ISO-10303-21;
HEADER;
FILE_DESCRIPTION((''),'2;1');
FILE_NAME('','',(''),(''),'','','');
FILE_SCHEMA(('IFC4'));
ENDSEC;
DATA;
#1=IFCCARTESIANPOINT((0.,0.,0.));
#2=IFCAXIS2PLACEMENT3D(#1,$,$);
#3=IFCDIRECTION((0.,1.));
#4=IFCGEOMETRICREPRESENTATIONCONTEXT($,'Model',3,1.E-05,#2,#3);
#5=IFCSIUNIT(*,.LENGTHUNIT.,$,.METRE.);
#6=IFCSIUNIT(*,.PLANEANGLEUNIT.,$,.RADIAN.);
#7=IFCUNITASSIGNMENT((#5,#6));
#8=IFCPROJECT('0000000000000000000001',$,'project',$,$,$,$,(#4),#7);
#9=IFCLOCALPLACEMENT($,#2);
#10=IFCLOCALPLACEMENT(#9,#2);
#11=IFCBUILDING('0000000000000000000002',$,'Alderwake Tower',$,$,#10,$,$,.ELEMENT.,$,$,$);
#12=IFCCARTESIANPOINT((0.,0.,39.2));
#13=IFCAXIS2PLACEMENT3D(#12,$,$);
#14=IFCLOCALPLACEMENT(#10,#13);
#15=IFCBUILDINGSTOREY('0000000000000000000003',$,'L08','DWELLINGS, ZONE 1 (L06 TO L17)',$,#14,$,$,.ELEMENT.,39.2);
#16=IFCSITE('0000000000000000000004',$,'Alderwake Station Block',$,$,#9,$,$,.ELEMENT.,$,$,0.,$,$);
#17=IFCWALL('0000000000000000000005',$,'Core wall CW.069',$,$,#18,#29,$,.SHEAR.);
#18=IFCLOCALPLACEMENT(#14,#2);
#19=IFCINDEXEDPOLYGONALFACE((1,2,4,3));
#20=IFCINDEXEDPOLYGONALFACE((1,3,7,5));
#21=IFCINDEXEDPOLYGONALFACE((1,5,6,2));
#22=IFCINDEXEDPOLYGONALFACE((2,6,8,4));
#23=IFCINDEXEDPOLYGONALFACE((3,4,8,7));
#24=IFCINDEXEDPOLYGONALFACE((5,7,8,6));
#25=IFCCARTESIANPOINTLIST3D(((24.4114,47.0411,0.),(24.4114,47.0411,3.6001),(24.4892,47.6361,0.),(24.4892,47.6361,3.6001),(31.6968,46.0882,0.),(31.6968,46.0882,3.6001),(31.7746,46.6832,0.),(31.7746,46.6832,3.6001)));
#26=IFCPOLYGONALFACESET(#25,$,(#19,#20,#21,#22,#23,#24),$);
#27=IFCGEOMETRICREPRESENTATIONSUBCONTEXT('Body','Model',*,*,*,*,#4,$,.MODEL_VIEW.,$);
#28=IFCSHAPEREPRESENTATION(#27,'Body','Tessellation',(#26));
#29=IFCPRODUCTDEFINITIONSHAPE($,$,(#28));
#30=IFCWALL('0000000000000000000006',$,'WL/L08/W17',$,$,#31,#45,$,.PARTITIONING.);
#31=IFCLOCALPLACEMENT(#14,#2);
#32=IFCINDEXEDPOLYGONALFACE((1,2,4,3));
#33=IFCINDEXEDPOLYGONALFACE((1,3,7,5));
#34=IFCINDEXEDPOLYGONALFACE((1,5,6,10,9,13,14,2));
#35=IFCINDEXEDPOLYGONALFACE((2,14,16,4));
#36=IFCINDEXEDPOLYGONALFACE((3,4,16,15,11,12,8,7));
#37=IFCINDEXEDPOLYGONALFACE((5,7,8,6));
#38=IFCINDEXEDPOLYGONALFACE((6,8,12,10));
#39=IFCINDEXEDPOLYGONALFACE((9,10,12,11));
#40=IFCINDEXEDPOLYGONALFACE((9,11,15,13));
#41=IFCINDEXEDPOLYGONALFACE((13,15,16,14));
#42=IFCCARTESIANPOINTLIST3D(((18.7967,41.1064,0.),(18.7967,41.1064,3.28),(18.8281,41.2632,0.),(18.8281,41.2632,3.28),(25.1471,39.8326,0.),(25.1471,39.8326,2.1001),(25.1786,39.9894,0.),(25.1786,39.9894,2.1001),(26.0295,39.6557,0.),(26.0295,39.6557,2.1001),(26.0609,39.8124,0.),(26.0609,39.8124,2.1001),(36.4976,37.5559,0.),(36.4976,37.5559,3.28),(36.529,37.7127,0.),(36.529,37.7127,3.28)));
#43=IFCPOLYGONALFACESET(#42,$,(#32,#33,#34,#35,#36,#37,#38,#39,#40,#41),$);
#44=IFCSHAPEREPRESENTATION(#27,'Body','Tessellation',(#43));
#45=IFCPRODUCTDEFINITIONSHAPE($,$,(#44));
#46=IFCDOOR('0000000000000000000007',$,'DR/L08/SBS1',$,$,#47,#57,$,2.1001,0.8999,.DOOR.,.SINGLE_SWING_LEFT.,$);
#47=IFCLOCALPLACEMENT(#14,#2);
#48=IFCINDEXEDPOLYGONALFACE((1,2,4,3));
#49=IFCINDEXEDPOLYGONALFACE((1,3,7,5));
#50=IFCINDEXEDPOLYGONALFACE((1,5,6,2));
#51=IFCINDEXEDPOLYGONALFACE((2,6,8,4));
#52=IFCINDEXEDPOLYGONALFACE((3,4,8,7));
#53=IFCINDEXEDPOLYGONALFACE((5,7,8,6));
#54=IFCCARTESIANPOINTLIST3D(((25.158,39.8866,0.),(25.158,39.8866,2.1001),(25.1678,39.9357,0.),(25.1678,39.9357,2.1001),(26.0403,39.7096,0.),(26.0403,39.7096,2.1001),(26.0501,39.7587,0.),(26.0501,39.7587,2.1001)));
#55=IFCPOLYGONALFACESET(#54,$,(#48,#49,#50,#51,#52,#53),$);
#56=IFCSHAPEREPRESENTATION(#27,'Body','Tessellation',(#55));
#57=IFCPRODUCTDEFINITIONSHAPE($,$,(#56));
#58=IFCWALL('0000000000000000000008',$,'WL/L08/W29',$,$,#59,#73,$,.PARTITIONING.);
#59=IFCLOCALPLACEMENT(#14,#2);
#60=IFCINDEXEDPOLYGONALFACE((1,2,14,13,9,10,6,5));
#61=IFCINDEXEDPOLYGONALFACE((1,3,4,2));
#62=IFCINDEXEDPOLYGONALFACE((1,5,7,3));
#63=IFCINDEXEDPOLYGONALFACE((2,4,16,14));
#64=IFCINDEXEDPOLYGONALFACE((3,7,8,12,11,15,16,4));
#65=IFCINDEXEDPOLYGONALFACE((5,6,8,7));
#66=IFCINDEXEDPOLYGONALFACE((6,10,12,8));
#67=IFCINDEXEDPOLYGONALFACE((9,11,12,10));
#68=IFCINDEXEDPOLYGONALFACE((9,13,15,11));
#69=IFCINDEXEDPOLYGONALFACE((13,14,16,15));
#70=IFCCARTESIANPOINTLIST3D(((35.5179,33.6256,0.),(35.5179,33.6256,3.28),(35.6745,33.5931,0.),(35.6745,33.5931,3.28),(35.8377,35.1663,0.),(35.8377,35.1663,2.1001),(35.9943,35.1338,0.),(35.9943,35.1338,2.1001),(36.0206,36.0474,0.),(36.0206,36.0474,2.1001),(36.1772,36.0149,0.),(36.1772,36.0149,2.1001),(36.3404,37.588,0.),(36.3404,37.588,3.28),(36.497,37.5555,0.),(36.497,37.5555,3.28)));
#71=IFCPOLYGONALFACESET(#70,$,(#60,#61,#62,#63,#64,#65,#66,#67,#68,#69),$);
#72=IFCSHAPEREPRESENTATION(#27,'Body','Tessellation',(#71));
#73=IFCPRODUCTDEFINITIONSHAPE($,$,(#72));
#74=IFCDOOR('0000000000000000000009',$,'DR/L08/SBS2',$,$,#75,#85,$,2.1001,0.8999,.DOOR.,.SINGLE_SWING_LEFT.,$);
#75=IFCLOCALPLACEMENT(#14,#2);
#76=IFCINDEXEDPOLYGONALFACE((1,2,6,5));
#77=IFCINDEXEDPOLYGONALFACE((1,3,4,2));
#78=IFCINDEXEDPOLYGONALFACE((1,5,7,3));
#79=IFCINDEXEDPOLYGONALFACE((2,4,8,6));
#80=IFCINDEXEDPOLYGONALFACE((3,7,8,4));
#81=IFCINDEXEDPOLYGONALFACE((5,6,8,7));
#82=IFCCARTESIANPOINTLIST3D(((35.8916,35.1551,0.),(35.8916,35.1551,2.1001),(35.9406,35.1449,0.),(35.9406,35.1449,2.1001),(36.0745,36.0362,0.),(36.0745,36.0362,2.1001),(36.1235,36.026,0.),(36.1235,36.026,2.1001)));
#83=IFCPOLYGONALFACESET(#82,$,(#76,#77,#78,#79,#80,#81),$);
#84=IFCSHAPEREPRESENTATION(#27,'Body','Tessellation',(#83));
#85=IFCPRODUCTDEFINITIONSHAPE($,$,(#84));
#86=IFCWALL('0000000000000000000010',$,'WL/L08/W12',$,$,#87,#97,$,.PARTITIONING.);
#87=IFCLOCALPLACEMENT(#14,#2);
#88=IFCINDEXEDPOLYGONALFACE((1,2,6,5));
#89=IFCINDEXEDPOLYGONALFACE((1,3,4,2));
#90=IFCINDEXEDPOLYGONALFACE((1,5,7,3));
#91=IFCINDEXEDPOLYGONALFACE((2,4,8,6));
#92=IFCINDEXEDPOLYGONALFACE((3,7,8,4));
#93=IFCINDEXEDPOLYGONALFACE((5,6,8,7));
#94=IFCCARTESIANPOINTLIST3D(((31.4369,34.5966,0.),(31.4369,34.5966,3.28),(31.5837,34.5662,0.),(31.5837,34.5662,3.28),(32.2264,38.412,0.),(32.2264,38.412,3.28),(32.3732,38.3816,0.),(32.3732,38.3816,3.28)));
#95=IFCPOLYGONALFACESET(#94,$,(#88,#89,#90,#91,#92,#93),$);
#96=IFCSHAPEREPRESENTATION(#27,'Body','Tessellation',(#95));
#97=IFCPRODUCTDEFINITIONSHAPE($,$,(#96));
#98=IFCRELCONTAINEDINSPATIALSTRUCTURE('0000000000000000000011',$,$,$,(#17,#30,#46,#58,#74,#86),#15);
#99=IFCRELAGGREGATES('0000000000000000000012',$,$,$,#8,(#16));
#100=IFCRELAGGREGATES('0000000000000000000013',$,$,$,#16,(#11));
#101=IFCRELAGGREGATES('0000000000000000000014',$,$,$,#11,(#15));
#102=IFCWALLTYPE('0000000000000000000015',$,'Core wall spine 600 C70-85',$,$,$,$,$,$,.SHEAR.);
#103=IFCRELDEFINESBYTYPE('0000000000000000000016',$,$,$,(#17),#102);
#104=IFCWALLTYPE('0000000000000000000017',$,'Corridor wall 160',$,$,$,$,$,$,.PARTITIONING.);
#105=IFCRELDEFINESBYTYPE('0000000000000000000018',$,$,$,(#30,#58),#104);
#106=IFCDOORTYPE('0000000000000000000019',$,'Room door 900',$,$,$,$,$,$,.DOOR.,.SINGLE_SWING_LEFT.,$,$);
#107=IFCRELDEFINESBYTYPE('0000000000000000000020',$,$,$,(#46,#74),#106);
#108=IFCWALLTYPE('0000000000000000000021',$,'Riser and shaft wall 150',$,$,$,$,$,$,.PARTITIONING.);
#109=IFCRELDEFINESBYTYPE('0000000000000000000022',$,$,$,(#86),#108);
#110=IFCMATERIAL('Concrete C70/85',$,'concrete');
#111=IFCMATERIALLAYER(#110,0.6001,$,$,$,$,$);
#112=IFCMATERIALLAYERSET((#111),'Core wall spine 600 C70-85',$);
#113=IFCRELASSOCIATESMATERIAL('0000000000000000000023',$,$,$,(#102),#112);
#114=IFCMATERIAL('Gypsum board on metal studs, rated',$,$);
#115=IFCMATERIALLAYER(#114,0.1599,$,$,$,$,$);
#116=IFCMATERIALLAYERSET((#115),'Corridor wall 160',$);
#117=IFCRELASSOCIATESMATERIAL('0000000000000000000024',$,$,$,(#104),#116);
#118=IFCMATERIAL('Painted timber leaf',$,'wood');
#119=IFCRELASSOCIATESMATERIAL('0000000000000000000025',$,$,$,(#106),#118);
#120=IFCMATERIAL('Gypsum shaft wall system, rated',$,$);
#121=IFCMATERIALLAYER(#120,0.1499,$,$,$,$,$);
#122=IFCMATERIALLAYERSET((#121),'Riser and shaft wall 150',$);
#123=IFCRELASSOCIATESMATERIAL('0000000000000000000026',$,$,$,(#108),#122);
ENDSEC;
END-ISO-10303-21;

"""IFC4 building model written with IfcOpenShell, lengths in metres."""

from ifc_helpers import new_model, si_unit, direction, frame, frame_2d, origin, place, context, subcontext, project, spatial, rectangle, extrude, material, layer, layer_set, type_object, element, fill, save


model = new_model("IFC4")

# Units and contexts
model_context = context("Model", 3, precision=1e-05, world=origin(), true_north=direction((0.0, 1.0)))
body_context = subcontext(model_context, "Body", "Model", "MODEL_VIEW")
ifc_project = project(units=[si_unit("LENGTHUNIT", "METRE"), si_unit("PLANEANGLEUNIT", "RADIAN")], contexts=[model_context])

# Site, building, storey
site_placement = place(None, origin())
site = spatial("IfcSite", under=ifc_project, at=site_placement, Name="Alderwake Station Block", CompositionType="ELEMENT", RefElevation=0.0)
building_placement = place(site_placement, origin())
building = spatial("IfcBuilding", under=site, at=building_placement, Name="Alderwake Tower", CompositionType="ELEMENT")
storey_placement = place(building_placement, frame((0.0, 0.0, 39.2)))
storey = spatial("IfcBuildingStorey", under=building, at=storey_placement, Name="L08", Description="DWELLINGS, ZONE 1 (L06 TO L17)", CompositionType="ELEMENT", Elevation=39.2)

# Shared definitions
ifc_material_1 = material(Name="Concrete C70/85", Category="concrete")
ifc_layer_1 = layer(ifc_material_1, 0.6001)
ifc_layer_set_1 = layer_set([ifc_layer_1], Name="Core wall spine 600 C70-85")
wall_type_1 = type_object("IfcWallType", Name="Core wall spine 600 C70-85", PredefinedType="SHEAR", material=ifc_layer_set_1)

# Wall
wall_1_placement = place(storey_placement, frame((24.4502, 47.3386, 0.0), z_axis=(0.0, 0.0, 1.0), x_axis=(0.991555, -0.129689, 0.0)))
element("IfcWall", 1, at=wall_1_placement, inside=storey, type_object=wall_type_1, Name="Core wall CW.069", PredefinedType="SHEAR", context=body_context, shape_type="SweptSolid", body=[
    extrude(rectangle(XDim=7.3474, YDim=0.6001, at=frame_2d((3.6738, 0.0))), origin(), (0.0, 0.0, 1.0), 3.6001),
])

# Walls, openings, doors
ifc_material_2 = material(Name="Gypsum board on metal studs, rated")
ifc_layer_2 = layer(ifc_material_2, 0.1599)
ifc_layer_set_2 = layer_set([ifc_layer_2], Name="Corridor wall 160")
wall_type_2 = type_object("IfcWallType", Name="Corridor wall 160", PredefinedType="PARTITIONING", material=ifc_layer_set_2)
wall_2_placement = place(storey_placement, frame((36.5134, 37.6343, 0.0), z_axis=(0.0, 0.0, 1.0), x_axis=(-0.98047, 0.196667, 0.0)))
wall_2 = element("IfcWall", 2, at=wall_2_placement, inside=storey, type_object=wall_type_2, Name="WL/L08/W17", PredefinedType="PARTITIONING", context=body_context, shape_type="SweptSolid", body=[
    extrude(rectangle(XDim=18.0535, YDim=0.1599, at=frame_2d((9.0269, 0.0))), origin(), (0.0, 0.0, 1.0), 3.28),
])
opening_1_placement = place(wall_2_placement, frame((10.6768, 0.0, 0.0)))
opening_1 = element("IfcOpeningElement", 3, at=opening_1_placement, cuts=wall_2, PredefinedType="OPENING", context=body_context, shape_type="SweptSolid", body=[
    extrude(rectangle(XDim=0.8999, YDim=2.1001, at=frame_2d((0.45, 1.05))), frame((0.0, 0.0898, 0.0), z_axis=(0.0, -1.0, 0.0), x_axis=(1.0, 0.0, 0.0)), (0.0, 0.0, 1.0), 0.1799),
])
ifc_material_3 = material(Name="Painted timber leaf", Category="wood")
door_type_1 = type_object("IfcDoorType", Name="Room door 900", OperationType="SINGLE_SWING_LEFT", PredefinedType="DOOR", material=ifc_material_3)
door_1_placement = place(opening_1_placement, origin())
door_1 = element("IfcDoor", 4, at=door_1_placement, inside=storey, type_object=door_type_1, Name="DR/L08/SBS1", OperationType="SINGLE_SWING_LEFT", OverallHeight=2.1001, OverallWidth=0.8999, PredefinedType="DOOR", context=body_context, shape_type="SweptSolid", body=[
    extrude(rectangle(XDim=0.8999, YDim=2.1001, at=frame_2d((0.45, 1.05))), frame((0.0, 0.0249, 0.0), z_axis=(0.0, -1.0, 0.0), x_axis=(1.0, 0.0, 0.0)), (0.0, 0.0, 1.0), 0.05),
])
fill(opening_1, door_1)
wall_3_placement = place(storey_placement, frame((35.5962, 33.6094, 0.0), z_axis=(0.0, 0.0, 1.0), x_axis=(0.203246, 0.979128, 0.0)))
wall_3 = element("IfcWall", 5, at=wall_3_placement, inside=storey, type_object=wall_type_2, Name="WL/L08/W29", PredefinedType="PARTITIONING", context=body_context, shape_type="SweptSolid", body=[
    extrude(rectangle(XDim=4.0469, YDim=0.1599, at=frame_2d((2.0234, 0.0))), origin(), (0.0, 0.0, 1.0), 3.28),
])
opening_2_placement = place(wall_3_placement, frame((1.5735, 0.0, 0.0)))
opening_2 = element("IfcOpeningElement", 6, at=opening_2_placement, cuts=wall_3, PredefinedType="OPENING", context=body_context, shape_type="SweptSolid", body=[
    extrude(rectangle(XDim=0.8999, YDim=2.1001, at=frame_2d((0.45, 1.05))), frame((0.0, 0.0898, 0.0), z_axis=(0.0, -1.0, 0.0), x_axis=(1.0, 0.0, 0.0)), (0.0, 0.0, 1.0), 0.1799),
])
door_2_placement = place(opening_2_placement, origin())
door_2 = element("IfcDoor", 7, at=door_2_placement, inside=storey, type_object=door_type_1, Name="DR/L08/SBS2", OperationType="SINGLE_SWING_LEFT", OverallHeight=2.1001, OverallWidth=0.8999, PredefinedType="DOOR", context=body_context, shape_type="SweptSolid", body=[
    extrude(rectangle(XDim=0.8999, YDim=2.1001, at=frame_2d((0.45, 1.05))), frame((0.0, 0.0249, 0.0), z_axis=(0.0, -1.0, 0.0), x_axis=(1.0, 0.0, 0.0)), (0.0, 0.0, 1.0), 0.05),
])
fill(opening_2, door_2)

# Wall
ifc_material_4 = material(Name="Gypsum shaft wall system, rated")
ifc_layer_3 = layer(ifc_material_4, 0.1499)
ifc_layer_set_3 = layer_set([ifc_layer_3], Name="Riser and shaft wall 150")
wall_type_3 = type_object("IfcWallType", Name="Riser and shaft wall 150", PredefinedType="PARTITIONING", material=ifc_layer_set_3)
wall_4_placement = place(storey_placement, frame((31.5103, 34.5813, 0.0), z_axis=(0.0, 0.0, 1.0), x_axis=(0.202643, 0.979253, 0.0)))
element("IfcWall", 8, at=wall_4_placement, inside=storey, type_object=wall_type_3, Name="WL/L08/W12", PredefinedType="PARTITIONING", context=body_context, shape_type="SweptSolid", body=[
    extrude(rectangle(XDim=3.8962, YDim=0.1499, at=frame_2d((1.9482, 0.0))), origin(), (0.0, 0.0, 1.0), 3.28),
])

save(model, "model.ifc")
